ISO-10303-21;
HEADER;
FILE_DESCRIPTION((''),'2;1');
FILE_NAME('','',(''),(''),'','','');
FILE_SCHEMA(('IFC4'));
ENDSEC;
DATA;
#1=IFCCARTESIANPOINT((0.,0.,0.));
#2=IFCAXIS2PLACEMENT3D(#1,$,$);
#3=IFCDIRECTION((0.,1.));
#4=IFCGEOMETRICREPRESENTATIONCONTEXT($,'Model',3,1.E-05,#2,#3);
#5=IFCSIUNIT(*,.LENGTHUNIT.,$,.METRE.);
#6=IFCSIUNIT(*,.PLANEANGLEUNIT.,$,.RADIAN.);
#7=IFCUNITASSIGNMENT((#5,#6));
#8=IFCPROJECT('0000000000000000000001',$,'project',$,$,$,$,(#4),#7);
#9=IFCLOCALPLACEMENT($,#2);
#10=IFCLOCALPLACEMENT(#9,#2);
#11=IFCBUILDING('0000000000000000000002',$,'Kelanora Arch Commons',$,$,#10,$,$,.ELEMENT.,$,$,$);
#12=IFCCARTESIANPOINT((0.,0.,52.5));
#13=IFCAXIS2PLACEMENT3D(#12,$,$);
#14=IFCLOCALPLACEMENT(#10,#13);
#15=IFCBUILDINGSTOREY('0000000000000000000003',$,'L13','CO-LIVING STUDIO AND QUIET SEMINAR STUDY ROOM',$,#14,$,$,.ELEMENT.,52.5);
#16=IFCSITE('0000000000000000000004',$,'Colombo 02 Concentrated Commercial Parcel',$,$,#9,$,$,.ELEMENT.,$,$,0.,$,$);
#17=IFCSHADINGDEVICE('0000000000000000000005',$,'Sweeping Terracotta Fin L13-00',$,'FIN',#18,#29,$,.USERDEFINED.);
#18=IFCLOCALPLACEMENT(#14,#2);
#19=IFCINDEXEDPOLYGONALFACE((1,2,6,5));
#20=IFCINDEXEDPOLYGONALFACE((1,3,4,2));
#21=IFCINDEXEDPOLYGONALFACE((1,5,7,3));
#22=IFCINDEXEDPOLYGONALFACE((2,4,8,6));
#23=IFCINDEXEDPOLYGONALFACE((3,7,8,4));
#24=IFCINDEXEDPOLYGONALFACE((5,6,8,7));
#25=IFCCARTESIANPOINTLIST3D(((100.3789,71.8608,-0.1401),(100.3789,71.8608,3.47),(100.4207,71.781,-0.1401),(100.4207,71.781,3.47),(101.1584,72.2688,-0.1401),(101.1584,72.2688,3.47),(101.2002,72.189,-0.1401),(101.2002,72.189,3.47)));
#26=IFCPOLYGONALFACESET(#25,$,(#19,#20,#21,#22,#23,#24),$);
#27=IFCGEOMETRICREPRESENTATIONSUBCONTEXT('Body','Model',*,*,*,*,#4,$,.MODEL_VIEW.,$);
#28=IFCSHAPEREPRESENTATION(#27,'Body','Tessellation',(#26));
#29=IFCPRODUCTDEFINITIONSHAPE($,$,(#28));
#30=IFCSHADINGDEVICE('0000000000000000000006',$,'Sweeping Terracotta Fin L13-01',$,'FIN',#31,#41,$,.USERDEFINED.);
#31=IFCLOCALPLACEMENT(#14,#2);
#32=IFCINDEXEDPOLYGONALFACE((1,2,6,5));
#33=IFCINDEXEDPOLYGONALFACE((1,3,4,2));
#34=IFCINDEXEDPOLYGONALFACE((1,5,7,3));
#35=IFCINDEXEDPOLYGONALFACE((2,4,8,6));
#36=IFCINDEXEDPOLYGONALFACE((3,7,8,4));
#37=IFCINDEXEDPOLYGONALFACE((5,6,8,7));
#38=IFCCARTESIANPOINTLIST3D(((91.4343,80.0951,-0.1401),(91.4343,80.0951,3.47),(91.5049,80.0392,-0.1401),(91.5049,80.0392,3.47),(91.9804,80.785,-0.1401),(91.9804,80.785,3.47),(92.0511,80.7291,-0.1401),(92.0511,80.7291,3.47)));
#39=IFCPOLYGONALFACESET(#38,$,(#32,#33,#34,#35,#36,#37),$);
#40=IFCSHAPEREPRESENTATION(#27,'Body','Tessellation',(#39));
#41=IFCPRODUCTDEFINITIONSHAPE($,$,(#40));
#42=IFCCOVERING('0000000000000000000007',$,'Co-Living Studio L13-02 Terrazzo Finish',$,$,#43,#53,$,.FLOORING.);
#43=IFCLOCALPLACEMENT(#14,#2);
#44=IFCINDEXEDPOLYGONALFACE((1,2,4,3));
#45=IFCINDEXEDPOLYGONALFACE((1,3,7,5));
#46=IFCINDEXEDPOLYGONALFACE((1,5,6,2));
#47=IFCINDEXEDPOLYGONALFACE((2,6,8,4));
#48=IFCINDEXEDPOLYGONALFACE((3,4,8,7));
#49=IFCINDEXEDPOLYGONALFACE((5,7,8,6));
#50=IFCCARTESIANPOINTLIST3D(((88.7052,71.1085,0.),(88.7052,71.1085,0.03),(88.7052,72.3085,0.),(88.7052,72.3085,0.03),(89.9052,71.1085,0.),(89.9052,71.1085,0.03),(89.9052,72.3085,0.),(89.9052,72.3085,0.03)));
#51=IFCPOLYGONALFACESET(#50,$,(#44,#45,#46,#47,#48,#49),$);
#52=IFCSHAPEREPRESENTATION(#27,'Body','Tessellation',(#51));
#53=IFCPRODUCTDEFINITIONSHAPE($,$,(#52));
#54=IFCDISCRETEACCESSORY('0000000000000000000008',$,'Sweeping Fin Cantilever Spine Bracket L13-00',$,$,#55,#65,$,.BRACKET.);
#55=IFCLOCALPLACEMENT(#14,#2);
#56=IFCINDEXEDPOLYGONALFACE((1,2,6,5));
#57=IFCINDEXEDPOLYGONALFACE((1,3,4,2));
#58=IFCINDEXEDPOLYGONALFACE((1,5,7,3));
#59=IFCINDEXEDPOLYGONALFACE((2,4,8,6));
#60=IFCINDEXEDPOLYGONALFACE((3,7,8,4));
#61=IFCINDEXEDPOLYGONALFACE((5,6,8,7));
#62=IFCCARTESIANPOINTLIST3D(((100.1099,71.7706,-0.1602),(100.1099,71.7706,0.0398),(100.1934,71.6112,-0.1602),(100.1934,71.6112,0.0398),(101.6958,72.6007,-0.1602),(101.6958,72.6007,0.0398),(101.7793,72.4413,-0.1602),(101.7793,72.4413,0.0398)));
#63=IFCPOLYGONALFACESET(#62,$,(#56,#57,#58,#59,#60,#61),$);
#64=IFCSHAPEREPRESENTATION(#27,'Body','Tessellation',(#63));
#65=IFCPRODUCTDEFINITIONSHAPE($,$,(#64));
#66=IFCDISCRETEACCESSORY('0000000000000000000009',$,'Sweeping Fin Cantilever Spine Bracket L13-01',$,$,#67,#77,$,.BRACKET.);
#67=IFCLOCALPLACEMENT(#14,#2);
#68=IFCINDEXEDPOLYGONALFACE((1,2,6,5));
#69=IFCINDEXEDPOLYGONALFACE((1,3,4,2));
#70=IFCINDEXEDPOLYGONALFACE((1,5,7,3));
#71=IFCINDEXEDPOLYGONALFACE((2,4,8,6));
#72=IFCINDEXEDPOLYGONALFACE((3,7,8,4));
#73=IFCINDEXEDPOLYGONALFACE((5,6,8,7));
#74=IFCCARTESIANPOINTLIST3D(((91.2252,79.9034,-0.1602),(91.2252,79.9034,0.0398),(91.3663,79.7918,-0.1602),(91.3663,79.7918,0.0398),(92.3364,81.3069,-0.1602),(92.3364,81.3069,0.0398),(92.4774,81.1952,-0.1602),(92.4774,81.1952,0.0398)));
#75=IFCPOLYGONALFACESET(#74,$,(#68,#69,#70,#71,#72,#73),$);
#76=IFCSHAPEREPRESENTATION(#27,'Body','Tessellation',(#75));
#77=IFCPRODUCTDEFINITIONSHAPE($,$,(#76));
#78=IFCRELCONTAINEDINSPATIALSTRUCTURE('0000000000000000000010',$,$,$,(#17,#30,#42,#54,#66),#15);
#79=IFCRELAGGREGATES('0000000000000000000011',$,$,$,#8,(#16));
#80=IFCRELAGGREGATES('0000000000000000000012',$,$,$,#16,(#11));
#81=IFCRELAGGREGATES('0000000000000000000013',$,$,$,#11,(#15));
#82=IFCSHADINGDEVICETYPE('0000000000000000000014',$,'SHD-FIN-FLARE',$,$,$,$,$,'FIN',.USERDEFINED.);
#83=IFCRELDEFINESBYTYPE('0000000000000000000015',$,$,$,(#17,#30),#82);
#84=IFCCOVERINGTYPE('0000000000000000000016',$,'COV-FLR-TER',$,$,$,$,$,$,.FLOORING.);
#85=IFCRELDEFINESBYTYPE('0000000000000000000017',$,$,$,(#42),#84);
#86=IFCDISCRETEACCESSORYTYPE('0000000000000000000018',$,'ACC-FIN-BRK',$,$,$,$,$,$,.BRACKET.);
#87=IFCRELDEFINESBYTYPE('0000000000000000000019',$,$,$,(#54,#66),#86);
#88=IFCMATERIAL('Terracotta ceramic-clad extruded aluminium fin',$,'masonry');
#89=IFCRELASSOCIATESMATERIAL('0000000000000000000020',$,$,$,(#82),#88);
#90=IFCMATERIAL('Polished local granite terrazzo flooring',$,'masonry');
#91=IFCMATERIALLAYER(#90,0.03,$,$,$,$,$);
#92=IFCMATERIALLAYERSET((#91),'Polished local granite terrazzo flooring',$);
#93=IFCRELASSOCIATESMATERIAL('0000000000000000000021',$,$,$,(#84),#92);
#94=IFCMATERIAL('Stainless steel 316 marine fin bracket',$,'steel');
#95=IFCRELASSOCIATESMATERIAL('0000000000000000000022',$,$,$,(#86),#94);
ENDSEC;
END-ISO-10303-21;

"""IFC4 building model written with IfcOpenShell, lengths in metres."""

from ifc_helpers import new_model, si_unit, direction, frame, origin, origin_2d, place, context, subcontext, project, spatial, rectangle, extrude, source, transform, mapped, material, layer, layer_set, type_object, element, save


model = new_model("IFC4")

# Units and contexts
model_context = context("Model", 3, precision=1e-05, world=origin(), true_north=direction((0.0, 1.0)))
body_context = subcontext(model_context, "Body", "Model", "MODEL_VIEW")
ifc_project = project(units=[si_unit("LENGTHUNIT", "METRE"), si_unit("PLANEANGLEUNIT", "RADIAN")], contexts=[model_context])

# Site, building, storey
site_placement = place(None, origin())
site = spatial("IfcSite", under=ifc_project, at=site_placement, Name="Colombo 02 Concentrated Commercial Parcel", CompositionType="ELEMENT", RefElevation=0.0)
building_placement = place(site_placement, origin())
building = spatial("IfcBuilding", under=site, at=building_placement, Name="Kelanora Arch Commons", CompositionType="ELEMENT")
storey_placement = place(building_placement, frame((0.0, 0.0, 52.5)))
storey = spatial("IfcBuildingStorey", under=building, at=storey_placement, Name="L13", Description="CO-LIVING STUDIO AND QUIET SEMINAR STUDY ROOM", CompositionType="ELEMENT", Elevation=52.5)

# Shading devices
ifc_material_1 = material(Name="Terracotta ceramic-clad extruded aluminium fin", Category="masonry")
shading_device_type = type_object("IfcShadingDeviceType", Name="SHD-FIN-FLARE", ElementType="FIN", PredefinedType="USERDEFINED", material=ifc_material_1)
shared_shape_1 = source(origin(), body_context, "Body", "SweptSolid", [
    extrude(rectangle(XDim=0.8799, YDim=0.0901, at=origin_2d()), origin(), (0.0, 0.0, 1.0), 3.6101),
])
for number, where, z_axis, x_axis, name in (
    (1, (100.7896, 72.0249, -0.1401), (0.0, 0.0, 1.0), (0.885961, 0.46376, 0.0), "Sweeping Terracotta Fin L13-00"),
    (2, (91.7427, 80.4121, -0.1401), (0.0, 0.0, 1.0), (0.620737, 0.784019, 0.0), "Sweeping Terracotta Fin L13-01"),
):
    element("IfcShadingDevice", number, at=place(storey_placement, frame(where, z_axis=z_axis, x_axis=x_axis)), inside=storey, type_object=shading_device_type, Name=name, ObjectType="FIN", PredefinedType="USERDEFINED", context=body_context, shape_type="MappedRepresentation", body=[
        mapped(shared_shape_1, transform((0.0, 0.0, 0.0), scale=1.0)),
    ])

# Covering
ifc_material_2 = material(Name="Polished local granite terrazzo flooring", Category="masonry")
ifc_layer_1 = layer(ifc_material_2, 0.03)
ifc_layer_set_1 = layer_set([ifc_layer_1], Name="Polished local granite terrazzo flooring")
covering_type = type_object("IfcCoveringType", Name="COV-FLR-TER", PredefinedType="FLOORING", material=ifc_layer_set_1)
shared_shape_2 = source(origin(), body_context, "Body", "SweptSolid", [
    extrude(rectangle(XDim=1.2, YDim=1.2, at=origin_2d()), origin(), (0.0, 0.0, 1.0), 0.03),
])
covering_placement = place(storey_placement, frame((89.3052, 71.7085, 0.0), z_axis=(0.0, 0.0, 1.0), x_axis=(1.0, 0.0, 0.0)))
element("IfcCovering", 3, at=covering_placement, inside=storey, type_object=covering_type, Name="Co-Living Studio L13-02 Terrazzo Finish", PredefinedType="FLOORING", context=body_context, shape_type="MappedRepresentation", body=[
    mapped(shared_shape_2, transform((0.0, 0.0, 0.0), scale=1.0)),
])

# Discrete accessories
ifc_material_3 = material(Name="Stainless steel 316 marine fin bracket", Category="steel")
discrete_accessory_type = type_object("IfcDiscreteAccessoryType", Name="ACC-FIN-BRK", PredefinedType="BRACKET", material=ifc_material_3)
shared_shape_3 = source(origin(), body_context, "Body", "SweptSolid", [
    extrude(rectangle(XDim=1.79, YDim=0.1799, at=origin_2d()), origin(), (0.0, 0.0, 1.0), 0.2),
])
for number, where, z_axis, x_axis, name in (
    (4, (100.9446, 72.106, -0.1602), (0.0, 0.0, 1.0), (0.885961, 0.46376, 0.0), "Sweeping Fin Cantilever Spine Bracket L13-00"),
    (5, (91.8513, 80.5493, -0.1602), (0.0, 0.0, 1.0), (0.620737, 0.784019, 0.0), "Sweeping Fin Cantilever Spine Bracket L13-01"),
):
    element("IfcDiscreteAccessory", number, at=place(storey_placement, frame(where, z_axis=z_axis, x_axis=x_axis)), inside=storey, type_object=discrete_accessory_type, Name=name, PredefinedType="BRACKET", context=body_context, shape_type="MappedRepresentation", body=[
        mapped(shared_shape_3, transform((0.0, 0.0, 0.0), scale=1.0)),
    ])

save(model, "model.ifc")
